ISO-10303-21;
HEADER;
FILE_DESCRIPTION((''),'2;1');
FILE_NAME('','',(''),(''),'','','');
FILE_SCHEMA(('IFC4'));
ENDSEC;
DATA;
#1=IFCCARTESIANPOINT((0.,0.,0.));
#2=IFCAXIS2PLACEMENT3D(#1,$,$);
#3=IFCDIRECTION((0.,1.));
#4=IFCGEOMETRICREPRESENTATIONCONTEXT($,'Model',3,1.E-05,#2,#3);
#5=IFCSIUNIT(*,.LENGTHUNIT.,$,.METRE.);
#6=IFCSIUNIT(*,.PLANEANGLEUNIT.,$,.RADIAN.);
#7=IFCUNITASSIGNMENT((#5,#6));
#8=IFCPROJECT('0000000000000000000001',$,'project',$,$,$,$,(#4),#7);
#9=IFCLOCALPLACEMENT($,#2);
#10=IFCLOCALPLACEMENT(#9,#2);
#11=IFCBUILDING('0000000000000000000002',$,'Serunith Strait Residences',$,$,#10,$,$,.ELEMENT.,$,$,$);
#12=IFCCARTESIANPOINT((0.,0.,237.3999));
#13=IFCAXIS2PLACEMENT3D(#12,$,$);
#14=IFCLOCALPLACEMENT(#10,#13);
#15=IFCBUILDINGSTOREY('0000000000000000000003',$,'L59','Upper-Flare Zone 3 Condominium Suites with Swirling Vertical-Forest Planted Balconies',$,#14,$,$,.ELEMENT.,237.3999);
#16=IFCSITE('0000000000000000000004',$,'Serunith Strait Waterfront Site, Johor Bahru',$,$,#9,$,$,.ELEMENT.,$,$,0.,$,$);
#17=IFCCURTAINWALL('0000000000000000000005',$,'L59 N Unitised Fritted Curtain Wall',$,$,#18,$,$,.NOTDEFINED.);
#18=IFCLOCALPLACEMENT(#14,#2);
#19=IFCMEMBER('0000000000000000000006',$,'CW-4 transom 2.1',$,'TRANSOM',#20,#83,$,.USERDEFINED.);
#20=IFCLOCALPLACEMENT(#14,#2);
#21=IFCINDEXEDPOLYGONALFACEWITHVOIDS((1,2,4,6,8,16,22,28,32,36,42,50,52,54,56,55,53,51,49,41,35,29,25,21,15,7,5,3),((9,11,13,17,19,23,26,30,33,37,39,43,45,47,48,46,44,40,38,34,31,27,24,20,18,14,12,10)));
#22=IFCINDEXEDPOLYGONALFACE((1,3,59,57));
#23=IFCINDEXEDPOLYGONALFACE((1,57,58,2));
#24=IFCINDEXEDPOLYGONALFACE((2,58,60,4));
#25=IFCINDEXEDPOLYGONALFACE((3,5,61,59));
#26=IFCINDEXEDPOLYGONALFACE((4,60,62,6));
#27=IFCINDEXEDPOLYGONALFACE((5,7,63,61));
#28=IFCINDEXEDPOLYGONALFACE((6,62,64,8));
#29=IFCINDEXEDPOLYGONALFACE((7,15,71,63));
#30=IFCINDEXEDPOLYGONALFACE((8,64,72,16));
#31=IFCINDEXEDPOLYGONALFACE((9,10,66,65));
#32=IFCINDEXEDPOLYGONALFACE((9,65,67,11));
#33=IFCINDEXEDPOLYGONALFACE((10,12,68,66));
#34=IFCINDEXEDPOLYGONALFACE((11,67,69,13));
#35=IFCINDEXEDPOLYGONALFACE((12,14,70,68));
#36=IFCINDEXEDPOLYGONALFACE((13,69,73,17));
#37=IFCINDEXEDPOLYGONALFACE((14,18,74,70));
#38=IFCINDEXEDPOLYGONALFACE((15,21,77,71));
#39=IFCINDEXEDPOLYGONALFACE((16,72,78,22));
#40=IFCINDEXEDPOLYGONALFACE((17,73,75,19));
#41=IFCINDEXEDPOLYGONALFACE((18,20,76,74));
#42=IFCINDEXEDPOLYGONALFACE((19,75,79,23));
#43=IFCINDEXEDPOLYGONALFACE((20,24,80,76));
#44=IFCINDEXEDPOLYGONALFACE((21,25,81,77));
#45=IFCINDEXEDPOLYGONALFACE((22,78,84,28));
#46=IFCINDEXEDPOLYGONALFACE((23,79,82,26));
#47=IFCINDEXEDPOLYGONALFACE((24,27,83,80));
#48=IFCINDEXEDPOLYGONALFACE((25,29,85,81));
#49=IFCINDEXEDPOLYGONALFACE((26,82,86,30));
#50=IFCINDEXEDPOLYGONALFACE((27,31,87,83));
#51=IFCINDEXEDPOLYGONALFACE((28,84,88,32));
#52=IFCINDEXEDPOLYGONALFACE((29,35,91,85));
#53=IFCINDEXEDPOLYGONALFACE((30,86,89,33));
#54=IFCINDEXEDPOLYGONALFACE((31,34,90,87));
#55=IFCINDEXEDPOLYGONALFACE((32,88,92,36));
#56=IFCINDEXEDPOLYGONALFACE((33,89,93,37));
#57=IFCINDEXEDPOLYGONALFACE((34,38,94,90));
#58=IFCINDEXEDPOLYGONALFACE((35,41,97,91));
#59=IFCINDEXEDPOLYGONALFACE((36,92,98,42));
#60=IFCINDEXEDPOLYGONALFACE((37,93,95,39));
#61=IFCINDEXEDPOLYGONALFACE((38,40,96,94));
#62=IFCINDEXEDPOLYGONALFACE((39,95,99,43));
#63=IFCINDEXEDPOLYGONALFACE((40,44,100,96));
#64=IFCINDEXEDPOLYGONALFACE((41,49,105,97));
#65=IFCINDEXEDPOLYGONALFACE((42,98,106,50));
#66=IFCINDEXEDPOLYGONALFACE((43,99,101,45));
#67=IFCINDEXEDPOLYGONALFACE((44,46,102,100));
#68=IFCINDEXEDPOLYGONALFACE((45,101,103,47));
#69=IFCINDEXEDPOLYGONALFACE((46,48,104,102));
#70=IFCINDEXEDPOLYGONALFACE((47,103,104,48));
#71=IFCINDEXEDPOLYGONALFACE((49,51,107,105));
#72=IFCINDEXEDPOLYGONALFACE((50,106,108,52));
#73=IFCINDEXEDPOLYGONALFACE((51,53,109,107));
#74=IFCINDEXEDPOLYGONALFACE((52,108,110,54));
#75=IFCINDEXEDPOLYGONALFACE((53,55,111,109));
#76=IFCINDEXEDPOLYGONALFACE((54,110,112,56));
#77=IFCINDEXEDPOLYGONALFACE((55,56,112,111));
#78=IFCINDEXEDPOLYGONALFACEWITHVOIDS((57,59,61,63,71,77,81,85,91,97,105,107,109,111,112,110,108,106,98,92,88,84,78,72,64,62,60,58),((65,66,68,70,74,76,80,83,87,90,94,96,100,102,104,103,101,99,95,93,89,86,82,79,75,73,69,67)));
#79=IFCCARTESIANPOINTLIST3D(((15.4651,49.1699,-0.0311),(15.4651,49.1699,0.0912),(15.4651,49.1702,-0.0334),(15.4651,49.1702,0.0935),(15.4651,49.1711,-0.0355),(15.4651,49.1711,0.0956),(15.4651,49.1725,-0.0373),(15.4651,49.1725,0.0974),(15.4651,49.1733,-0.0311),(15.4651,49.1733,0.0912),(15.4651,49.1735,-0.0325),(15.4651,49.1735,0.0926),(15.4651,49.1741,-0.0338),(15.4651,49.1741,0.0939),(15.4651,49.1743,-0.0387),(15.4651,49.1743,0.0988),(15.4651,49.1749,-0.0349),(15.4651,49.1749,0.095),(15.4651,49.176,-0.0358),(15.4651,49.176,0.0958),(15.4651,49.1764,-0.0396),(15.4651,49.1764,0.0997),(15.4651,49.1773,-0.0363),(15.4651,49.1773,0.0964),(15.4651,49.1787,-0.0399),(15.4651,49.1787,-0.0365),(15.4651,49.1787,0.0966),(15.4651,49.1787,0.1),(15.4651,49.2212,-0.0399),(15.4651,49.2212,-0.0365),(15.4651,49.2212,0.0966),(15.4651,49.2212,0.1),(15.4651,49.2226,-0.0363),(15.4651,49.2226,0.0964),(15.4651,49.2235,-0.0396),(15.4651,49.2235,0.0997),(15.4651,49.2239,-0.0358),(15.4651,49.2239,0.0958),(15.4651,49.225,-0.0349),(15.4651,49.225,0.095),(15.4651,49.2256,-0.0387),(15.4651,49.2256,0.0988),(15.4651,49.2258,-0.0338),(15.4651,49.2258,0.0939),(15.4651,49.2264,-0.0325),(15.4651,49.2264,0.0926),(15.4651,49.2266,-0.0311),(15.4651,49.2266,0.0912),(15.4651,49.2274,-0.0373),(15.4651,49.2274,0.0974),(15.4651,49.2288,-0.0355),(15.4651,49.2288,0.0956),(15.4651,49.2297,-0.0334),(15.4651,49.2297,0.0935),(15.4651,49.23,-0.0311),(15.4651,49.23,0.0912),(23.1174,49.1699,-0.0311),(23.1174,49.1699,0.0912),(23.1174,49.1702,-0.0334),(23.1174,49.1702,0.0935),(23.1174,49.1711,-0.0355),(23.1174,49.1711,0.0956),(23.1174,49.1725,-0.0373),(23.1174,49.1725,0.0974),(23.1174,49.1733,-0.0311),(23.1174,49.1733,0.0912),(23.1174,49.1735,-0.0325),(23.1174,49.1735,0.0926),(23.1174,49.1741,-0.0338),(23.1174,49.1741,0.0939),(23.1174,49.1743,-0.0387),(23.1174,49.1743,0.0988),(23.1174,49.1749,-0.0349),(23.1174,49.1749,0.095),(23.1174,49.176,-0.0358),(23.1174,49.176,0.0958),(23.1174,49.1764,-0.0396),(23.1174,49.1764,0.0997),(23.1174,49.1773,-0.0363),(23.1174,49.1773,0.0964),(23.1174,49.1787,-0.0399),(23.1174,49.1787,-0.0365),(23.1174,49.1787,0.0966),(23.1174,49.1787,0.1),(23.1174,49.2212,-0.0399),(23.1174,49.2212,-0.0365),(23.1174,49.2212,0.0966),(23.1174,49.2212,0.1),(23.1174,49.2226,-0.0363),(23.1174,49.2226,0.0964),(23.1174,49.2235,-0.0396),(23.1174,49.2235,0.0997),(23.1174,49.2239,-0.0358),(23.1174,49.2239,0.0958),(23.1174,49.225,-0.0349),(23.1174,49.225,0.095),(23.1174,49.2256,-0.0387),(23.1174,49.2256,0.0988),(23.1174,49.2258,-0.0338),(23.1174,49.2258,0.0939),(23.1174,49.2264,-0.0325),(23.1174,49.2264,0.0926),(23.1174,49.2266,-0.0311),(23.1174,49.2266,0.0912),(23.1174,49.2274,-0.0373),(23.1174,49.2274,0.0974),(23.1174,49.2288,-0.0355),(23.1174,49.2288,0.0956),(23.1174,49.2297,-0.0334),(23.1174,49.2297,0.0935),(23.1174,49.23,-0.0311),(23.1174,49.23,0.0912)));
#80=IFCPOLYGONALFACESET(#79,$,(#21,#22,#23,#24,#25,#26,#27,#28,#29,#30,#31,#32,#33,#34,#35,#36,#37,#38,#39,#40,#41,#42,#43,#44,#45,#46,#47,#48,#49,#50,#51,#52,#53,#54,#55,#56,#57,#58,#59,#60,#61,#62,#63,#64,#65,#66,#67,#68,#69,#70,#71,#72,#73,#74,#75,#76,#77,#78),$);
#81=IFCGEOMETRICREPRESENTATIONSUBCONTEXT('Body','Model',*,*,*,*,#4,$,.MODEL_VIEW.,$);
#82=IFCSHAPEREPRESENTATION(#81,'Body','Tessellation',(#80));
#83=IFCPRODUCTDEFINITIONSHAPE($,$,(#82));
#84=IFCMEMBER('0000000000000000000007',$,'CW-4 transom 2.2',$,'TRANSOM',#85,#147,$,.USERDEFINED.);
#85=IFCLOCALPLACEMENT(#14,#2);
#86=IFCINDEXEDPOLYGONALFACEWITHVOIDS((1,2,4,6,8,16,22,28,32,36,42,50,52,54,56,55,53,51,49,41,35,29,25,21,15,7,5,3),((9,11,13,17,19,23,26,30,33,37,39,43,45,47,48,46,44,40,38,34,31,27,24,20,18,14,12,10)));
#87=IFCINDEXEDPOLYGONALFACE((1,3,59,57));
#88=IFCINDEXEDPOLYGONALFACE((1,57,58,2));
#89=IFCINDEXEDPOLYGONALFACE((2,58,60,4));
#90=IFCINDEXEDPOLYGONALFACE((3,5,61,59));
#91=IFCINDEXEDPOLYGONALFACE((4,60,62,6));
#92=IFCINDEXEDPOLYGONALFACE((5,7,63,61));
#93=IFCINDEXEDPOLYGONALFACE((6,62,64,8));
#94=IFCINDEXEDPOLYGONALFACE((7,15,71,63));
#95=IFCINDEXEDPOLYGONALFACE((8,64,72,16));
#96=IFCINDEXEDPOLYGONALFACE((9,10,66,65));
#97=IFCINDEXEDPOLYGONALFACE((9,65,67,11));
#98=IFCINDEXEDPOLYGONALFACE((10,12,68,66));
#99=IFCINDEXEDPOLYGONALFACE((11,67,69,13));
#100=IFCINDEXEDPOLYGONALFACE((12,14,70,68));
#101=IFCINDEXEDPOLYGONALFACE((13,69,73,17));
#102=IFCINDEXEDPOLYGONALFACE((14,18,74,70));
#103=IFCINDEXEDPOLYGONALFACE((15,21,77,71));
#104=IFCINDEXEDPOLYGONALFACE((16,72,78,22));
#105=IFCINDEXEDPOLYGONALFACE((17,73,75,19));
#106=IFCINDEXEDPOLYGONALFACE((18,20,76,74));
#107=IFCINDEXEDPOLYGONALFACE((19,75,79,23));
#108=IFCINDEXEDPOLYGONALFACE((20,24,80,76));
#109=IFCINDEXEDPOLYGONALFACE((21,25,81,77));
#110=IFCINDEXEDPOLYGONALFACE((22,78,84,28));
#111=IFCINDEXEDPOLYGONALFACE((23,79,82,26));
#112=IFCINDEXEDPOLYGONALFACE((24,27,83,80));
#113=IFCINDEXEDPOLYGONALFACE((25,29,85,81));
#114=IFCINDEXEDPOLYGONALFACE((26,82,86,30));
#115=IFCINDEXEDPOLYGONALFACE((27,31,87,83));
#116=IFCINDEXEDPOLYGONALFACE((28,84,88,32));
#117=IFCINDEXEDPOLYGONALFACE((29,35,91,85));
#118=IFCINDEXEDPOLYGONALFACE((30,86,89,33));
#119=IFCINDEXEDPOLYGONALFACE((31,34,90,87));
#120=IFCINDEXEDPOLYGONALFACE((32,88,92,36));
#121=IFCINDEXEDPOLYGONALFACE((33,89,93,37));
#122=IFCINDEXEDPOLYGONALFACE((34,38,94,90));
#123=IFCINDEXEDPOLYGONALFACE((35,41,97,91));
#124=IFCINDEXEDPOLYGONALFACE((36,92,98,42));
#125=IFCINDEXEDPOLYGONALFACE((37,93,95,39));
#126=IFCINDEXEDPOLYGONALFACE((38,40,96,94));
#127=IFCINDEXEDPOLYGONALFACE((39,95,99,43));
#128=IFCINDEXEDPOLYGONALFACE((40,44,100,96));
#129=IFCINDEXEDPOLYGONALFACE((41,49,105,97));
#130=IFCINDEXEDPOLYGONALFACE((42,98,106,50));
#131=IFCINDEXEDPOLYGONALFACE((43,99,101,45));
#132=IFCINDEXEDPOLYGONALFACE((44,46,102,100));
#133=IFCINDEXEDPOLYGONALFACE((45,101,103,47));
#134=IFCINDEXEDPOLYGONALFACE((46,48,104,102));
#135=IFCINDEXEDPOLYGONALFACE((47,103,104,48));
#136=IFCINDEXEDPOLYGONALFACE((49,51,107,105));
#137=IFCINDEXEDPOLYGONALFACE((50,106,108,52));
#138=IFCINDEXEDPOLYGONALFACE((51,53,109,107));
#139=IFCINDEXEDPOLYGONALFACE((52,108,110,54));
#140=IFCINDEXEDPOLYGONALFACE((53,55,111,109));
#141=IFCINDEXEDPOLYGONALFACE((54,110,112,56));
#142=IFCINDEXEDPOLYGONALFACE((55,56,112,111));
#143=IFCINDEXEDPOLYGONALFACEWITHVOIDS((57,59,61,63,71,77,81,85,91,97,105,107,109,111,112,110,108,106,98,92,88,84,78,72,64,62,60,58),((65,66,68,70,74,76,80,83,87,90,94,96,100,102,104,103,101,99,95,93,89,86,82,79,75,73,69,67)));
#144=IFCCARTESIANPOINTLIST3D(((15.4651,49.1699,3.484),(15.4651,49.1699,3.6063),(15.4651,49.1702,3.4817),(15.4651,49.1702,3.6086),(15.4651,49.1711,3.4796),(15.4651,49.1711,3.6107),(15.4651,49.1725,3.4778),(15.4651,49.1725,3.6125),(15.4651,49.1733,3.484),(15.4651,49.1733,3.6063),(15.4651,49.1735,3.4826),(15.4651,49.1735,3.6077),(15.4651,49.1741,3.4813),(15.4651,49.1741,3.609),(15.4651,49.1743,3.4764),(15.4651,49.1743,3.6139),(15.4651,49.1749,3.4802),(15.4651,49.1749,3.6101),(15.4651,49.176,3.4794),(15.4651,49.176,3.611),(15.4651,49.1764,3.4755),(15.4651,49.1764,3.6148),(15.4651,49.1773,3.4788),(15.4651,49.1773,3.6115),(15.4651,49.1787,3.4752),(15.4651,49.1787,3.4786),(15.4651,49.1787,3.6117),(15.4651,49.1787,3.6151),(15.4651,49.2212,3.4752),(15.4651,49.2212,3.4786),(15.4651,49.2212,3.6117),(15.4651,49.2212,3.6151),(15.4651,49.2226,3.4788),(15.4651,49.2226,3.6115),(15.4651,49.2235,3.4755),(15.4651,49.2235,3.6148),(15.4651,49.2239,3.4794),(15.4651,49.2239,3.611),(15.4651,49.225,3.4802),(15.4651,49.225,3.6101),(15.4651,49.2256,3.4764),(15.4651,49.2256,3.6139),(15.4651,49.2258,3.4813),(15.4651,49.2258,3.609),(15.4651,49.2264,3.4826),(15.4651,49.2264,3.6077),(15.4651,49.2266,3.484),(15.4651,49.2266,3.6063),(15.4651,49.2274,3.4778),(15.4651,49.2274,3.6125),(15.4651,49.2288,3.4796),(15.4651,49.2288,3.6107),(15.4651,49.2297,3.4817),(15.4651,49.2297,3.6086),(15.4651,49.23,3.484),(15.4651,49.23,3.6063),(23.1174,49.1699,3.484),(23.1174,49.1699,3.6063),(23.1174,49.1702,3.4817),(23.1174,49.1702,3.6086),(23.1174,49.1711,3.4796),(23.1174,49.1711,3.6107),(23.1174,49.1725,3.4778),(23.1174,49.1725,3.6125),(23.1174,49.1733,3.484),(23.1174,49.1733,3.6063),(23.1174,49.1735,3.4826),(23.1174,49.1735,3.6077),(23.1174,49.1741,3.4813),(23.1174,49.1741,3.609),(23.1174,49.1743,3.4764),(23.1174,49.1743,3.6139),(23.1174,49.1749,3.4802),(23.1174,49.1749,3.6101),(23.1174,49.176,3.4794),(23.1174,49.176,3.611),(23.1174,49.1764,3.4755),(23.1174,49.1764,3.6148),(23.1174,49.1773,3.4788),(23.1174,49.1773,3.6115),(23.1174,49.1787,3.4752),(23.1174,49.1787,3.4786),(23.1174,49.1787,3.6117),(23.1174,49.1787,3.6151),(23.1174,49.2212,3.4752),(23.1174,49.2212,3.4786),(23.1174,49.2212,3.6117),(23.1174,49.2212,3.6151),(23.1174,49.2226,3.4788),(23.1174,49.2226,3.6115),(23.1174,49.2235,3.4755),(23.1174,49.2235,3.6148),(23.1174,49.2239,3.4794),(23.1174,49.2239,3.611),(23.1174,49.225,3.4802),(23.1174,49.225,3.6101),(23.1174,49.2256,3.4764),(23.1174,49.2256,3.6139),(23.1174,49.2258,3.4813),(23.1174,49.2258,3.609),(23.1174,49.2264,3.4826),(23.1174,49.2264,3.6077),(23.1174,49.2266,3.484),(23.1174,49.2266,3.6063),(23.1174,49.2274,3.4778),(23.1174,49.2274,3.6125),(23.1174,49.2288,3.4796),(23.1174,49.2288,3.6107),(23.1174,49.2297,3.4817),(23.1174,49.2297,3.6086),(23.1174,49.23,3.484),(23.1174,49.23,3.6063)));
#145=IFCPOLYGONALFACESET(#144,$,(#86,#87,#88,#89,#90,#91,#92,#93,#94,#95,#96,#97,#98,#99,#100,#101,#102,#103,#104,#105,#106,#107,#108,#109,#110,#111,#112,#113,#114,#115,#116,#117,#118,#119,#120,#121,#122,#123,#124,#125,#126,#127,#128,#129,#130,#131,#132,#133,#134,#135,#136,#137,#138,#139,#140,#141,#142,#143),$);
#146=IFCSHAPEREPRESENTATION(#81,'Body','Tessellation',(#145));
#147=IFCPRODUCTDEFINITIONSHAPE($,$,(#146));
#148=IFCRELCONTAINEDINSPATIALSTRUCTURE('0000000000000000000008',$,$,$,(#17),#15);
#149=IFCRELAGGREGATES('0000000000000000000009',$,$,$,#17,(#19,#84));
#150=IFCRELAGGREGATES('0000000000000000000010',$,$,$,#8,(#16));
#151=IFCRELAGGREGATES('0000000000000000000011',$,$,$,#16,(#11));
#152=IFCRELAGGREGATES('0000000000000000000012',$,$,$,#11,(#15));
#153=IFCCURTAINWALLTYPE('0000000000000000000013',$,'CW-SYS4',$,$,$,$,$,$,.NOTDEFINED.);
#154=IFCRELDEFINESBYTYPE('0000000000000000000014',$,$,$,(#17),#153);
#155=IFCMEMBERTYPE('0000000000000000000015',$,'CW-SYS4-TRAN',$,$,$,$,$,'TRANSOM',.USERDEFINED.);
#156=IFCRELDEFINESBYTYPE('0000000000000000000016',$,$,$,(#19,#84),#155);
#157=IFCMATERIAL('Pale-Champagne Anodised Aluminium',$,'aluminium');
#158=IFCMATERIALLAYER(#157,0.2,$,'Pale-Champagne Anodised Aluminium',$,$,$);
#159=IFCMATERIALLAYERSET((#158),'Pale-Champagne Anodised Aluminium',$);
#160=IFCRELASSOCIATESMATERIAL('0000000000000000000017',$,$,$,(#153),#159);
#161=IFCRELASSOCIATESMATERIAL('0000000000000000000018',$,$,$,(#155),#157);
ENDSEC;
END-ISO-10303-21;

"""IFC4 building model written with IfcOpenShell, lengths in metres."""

from ifc_helpers import new_model, si_unit, direction, frame, origin, origin_2d, place, context, subcontext, project, spatial, hollow_rectangle, extrude, source, transform, mapped, material, layer, layer_set, material_profile, profile_set, type_object, element, aggregate, save


model = new_model("IFC4")

# Units and contexts
model_context = context("Model", 3, precision=1e-05, world=origin(), true_north=direction((0.0, 1.0)))
body_context = subcontext(model_context, "Body", "Model", "MODEL_VIEW")
ifc_project = project(units=[si_unit("LENGTHUNIT", "METRE"), si_unit("PLANEANGLEUNIT", "RADIAN")], contexts=[model_context])

# Site, building, storey
site_placement = place(None, origin())
site = spatial("IfcSite", under=ifc_project, at=site_placement, Name="Serunith Strait Waterfront Site, Johor Bahru", CompositionType="ELEMENT", RefElevation=0.0)
building_placement = place(site_placement, origin())
building = spatial("IfcBuilding", under=site, at=building_placement, Name="Serunith Strait Residences", CompositionType="ELEMENT")
storey_placement = place(building_placement, frame((0.0, 0.0, 237.3999)))
storey = spatial("IfcBuildingStorey", under=building, at=storey_placement, Name="L59", Description="Upper-Flare Zone 3 Condominium Suites with Swirling Vertical-Forest Planted Balconies", CompositionType="ELEMENT", Elevation=237.3999)

# Curtain wall, members
ifc_material_1 = material(Name="Pale-Champagne Anodised Aluminium", Category="aluminium")
ifc_layer_1 = layer(ifc_material_1, 0.2, Name="Pale-Champagne Anodised Aluminium")
ifc_layer_set_1 = layer_set([ifc_layer_1], Name="Pale-Champagne Anodised Aluminium")
curtain_wall_type = type_object("IfcCurtainWallType", Name="CW-SYS4", PredefinedType="NOTDEFINED", material=ifc_layer_set_1)
curtain_wall_placement = place(storey_placement, origin())
curtain_wall = element("IfcCurtainWall", 1, at=curtain_wall_placement, inside=storey, type_object=curtain_wall_type, Name="L59 N Unitised Fritted Curtain Wall", PredefinedType="NOTDEFINED")
ifc_material_profile_1 = material_profile(ifc_material_1, hollow_rectangle(XDim=0.0601, YDim=0.1399, WallThickness=0.0034, InnerFilletRadius=0.0054, OuterFilletRadius=0.0088, at=origin_2d()), Name="ALU 140x60x3.5")
ifc_profile_set_1 = profile_set([ifc_material_profile_1], Name="Pale-Champagne Anodised Aluminium")
member_type_1 = type_object("IfcMemberType", Name="CW-SYS4-TRAN", ElementType="TRANSOM", PredefinedType="USERDEFINED", material=ifc_profile_set_1)
shared_shape_1 = source(origin(), body_context, "Body", "SweptSolid", [
    extrude(hollow_rectangle(XDim=0.0601, YDim=0.1399, WallThickness=0.0034, InnerFilletRadius=0.0054, OuterFilletRadius=0.0088, at=origin_2d()), origin(), (0.0, 0.0, 1.0), 7.6523),
])
member_1_placement = place(storey_placement, frame((23.1174, 49.2, 0.03), z_axis=(-1.0, 0.0, 0.0), x_axis=(0.0, -1.0, 0.0)))
member_1 = element("IfcMember", 2, at=member_1_placement, type_object=member_type_1, Name="CW-4 transom 2.1", ObjectType="TRANSOM", PredefinedType="USERDEFINED", context=body_context, shape_type="MappedRepresentation", body=[
    mapped(shared_shape_1, transform((0.0, 0.0, 0.0), scale=1.0)),
])
member_2_placement = place(storey_placement, frame((23.1174, 49.2, 3.5452), z_axis=(-1.0, 0.0, 0.0), x_axis=(0.0, -1.0, 0.0)))
member_2 = element("IfcMember", 3, at=member_2_placement, type_object=member_type_1, Name="CW-4 transom 2.2", ObjectType="TRANSOM", PredefinedType="USERDEFINED", context=body_context, shape_type="MappedRepresentation", body=[
    mapped(shared_shape_1, transform((0.0, 0.0, 0.0), scale=1.0)),
])
aggregate(curtain_wall, [member_1, member_2])

save(model, "model.ifc")
